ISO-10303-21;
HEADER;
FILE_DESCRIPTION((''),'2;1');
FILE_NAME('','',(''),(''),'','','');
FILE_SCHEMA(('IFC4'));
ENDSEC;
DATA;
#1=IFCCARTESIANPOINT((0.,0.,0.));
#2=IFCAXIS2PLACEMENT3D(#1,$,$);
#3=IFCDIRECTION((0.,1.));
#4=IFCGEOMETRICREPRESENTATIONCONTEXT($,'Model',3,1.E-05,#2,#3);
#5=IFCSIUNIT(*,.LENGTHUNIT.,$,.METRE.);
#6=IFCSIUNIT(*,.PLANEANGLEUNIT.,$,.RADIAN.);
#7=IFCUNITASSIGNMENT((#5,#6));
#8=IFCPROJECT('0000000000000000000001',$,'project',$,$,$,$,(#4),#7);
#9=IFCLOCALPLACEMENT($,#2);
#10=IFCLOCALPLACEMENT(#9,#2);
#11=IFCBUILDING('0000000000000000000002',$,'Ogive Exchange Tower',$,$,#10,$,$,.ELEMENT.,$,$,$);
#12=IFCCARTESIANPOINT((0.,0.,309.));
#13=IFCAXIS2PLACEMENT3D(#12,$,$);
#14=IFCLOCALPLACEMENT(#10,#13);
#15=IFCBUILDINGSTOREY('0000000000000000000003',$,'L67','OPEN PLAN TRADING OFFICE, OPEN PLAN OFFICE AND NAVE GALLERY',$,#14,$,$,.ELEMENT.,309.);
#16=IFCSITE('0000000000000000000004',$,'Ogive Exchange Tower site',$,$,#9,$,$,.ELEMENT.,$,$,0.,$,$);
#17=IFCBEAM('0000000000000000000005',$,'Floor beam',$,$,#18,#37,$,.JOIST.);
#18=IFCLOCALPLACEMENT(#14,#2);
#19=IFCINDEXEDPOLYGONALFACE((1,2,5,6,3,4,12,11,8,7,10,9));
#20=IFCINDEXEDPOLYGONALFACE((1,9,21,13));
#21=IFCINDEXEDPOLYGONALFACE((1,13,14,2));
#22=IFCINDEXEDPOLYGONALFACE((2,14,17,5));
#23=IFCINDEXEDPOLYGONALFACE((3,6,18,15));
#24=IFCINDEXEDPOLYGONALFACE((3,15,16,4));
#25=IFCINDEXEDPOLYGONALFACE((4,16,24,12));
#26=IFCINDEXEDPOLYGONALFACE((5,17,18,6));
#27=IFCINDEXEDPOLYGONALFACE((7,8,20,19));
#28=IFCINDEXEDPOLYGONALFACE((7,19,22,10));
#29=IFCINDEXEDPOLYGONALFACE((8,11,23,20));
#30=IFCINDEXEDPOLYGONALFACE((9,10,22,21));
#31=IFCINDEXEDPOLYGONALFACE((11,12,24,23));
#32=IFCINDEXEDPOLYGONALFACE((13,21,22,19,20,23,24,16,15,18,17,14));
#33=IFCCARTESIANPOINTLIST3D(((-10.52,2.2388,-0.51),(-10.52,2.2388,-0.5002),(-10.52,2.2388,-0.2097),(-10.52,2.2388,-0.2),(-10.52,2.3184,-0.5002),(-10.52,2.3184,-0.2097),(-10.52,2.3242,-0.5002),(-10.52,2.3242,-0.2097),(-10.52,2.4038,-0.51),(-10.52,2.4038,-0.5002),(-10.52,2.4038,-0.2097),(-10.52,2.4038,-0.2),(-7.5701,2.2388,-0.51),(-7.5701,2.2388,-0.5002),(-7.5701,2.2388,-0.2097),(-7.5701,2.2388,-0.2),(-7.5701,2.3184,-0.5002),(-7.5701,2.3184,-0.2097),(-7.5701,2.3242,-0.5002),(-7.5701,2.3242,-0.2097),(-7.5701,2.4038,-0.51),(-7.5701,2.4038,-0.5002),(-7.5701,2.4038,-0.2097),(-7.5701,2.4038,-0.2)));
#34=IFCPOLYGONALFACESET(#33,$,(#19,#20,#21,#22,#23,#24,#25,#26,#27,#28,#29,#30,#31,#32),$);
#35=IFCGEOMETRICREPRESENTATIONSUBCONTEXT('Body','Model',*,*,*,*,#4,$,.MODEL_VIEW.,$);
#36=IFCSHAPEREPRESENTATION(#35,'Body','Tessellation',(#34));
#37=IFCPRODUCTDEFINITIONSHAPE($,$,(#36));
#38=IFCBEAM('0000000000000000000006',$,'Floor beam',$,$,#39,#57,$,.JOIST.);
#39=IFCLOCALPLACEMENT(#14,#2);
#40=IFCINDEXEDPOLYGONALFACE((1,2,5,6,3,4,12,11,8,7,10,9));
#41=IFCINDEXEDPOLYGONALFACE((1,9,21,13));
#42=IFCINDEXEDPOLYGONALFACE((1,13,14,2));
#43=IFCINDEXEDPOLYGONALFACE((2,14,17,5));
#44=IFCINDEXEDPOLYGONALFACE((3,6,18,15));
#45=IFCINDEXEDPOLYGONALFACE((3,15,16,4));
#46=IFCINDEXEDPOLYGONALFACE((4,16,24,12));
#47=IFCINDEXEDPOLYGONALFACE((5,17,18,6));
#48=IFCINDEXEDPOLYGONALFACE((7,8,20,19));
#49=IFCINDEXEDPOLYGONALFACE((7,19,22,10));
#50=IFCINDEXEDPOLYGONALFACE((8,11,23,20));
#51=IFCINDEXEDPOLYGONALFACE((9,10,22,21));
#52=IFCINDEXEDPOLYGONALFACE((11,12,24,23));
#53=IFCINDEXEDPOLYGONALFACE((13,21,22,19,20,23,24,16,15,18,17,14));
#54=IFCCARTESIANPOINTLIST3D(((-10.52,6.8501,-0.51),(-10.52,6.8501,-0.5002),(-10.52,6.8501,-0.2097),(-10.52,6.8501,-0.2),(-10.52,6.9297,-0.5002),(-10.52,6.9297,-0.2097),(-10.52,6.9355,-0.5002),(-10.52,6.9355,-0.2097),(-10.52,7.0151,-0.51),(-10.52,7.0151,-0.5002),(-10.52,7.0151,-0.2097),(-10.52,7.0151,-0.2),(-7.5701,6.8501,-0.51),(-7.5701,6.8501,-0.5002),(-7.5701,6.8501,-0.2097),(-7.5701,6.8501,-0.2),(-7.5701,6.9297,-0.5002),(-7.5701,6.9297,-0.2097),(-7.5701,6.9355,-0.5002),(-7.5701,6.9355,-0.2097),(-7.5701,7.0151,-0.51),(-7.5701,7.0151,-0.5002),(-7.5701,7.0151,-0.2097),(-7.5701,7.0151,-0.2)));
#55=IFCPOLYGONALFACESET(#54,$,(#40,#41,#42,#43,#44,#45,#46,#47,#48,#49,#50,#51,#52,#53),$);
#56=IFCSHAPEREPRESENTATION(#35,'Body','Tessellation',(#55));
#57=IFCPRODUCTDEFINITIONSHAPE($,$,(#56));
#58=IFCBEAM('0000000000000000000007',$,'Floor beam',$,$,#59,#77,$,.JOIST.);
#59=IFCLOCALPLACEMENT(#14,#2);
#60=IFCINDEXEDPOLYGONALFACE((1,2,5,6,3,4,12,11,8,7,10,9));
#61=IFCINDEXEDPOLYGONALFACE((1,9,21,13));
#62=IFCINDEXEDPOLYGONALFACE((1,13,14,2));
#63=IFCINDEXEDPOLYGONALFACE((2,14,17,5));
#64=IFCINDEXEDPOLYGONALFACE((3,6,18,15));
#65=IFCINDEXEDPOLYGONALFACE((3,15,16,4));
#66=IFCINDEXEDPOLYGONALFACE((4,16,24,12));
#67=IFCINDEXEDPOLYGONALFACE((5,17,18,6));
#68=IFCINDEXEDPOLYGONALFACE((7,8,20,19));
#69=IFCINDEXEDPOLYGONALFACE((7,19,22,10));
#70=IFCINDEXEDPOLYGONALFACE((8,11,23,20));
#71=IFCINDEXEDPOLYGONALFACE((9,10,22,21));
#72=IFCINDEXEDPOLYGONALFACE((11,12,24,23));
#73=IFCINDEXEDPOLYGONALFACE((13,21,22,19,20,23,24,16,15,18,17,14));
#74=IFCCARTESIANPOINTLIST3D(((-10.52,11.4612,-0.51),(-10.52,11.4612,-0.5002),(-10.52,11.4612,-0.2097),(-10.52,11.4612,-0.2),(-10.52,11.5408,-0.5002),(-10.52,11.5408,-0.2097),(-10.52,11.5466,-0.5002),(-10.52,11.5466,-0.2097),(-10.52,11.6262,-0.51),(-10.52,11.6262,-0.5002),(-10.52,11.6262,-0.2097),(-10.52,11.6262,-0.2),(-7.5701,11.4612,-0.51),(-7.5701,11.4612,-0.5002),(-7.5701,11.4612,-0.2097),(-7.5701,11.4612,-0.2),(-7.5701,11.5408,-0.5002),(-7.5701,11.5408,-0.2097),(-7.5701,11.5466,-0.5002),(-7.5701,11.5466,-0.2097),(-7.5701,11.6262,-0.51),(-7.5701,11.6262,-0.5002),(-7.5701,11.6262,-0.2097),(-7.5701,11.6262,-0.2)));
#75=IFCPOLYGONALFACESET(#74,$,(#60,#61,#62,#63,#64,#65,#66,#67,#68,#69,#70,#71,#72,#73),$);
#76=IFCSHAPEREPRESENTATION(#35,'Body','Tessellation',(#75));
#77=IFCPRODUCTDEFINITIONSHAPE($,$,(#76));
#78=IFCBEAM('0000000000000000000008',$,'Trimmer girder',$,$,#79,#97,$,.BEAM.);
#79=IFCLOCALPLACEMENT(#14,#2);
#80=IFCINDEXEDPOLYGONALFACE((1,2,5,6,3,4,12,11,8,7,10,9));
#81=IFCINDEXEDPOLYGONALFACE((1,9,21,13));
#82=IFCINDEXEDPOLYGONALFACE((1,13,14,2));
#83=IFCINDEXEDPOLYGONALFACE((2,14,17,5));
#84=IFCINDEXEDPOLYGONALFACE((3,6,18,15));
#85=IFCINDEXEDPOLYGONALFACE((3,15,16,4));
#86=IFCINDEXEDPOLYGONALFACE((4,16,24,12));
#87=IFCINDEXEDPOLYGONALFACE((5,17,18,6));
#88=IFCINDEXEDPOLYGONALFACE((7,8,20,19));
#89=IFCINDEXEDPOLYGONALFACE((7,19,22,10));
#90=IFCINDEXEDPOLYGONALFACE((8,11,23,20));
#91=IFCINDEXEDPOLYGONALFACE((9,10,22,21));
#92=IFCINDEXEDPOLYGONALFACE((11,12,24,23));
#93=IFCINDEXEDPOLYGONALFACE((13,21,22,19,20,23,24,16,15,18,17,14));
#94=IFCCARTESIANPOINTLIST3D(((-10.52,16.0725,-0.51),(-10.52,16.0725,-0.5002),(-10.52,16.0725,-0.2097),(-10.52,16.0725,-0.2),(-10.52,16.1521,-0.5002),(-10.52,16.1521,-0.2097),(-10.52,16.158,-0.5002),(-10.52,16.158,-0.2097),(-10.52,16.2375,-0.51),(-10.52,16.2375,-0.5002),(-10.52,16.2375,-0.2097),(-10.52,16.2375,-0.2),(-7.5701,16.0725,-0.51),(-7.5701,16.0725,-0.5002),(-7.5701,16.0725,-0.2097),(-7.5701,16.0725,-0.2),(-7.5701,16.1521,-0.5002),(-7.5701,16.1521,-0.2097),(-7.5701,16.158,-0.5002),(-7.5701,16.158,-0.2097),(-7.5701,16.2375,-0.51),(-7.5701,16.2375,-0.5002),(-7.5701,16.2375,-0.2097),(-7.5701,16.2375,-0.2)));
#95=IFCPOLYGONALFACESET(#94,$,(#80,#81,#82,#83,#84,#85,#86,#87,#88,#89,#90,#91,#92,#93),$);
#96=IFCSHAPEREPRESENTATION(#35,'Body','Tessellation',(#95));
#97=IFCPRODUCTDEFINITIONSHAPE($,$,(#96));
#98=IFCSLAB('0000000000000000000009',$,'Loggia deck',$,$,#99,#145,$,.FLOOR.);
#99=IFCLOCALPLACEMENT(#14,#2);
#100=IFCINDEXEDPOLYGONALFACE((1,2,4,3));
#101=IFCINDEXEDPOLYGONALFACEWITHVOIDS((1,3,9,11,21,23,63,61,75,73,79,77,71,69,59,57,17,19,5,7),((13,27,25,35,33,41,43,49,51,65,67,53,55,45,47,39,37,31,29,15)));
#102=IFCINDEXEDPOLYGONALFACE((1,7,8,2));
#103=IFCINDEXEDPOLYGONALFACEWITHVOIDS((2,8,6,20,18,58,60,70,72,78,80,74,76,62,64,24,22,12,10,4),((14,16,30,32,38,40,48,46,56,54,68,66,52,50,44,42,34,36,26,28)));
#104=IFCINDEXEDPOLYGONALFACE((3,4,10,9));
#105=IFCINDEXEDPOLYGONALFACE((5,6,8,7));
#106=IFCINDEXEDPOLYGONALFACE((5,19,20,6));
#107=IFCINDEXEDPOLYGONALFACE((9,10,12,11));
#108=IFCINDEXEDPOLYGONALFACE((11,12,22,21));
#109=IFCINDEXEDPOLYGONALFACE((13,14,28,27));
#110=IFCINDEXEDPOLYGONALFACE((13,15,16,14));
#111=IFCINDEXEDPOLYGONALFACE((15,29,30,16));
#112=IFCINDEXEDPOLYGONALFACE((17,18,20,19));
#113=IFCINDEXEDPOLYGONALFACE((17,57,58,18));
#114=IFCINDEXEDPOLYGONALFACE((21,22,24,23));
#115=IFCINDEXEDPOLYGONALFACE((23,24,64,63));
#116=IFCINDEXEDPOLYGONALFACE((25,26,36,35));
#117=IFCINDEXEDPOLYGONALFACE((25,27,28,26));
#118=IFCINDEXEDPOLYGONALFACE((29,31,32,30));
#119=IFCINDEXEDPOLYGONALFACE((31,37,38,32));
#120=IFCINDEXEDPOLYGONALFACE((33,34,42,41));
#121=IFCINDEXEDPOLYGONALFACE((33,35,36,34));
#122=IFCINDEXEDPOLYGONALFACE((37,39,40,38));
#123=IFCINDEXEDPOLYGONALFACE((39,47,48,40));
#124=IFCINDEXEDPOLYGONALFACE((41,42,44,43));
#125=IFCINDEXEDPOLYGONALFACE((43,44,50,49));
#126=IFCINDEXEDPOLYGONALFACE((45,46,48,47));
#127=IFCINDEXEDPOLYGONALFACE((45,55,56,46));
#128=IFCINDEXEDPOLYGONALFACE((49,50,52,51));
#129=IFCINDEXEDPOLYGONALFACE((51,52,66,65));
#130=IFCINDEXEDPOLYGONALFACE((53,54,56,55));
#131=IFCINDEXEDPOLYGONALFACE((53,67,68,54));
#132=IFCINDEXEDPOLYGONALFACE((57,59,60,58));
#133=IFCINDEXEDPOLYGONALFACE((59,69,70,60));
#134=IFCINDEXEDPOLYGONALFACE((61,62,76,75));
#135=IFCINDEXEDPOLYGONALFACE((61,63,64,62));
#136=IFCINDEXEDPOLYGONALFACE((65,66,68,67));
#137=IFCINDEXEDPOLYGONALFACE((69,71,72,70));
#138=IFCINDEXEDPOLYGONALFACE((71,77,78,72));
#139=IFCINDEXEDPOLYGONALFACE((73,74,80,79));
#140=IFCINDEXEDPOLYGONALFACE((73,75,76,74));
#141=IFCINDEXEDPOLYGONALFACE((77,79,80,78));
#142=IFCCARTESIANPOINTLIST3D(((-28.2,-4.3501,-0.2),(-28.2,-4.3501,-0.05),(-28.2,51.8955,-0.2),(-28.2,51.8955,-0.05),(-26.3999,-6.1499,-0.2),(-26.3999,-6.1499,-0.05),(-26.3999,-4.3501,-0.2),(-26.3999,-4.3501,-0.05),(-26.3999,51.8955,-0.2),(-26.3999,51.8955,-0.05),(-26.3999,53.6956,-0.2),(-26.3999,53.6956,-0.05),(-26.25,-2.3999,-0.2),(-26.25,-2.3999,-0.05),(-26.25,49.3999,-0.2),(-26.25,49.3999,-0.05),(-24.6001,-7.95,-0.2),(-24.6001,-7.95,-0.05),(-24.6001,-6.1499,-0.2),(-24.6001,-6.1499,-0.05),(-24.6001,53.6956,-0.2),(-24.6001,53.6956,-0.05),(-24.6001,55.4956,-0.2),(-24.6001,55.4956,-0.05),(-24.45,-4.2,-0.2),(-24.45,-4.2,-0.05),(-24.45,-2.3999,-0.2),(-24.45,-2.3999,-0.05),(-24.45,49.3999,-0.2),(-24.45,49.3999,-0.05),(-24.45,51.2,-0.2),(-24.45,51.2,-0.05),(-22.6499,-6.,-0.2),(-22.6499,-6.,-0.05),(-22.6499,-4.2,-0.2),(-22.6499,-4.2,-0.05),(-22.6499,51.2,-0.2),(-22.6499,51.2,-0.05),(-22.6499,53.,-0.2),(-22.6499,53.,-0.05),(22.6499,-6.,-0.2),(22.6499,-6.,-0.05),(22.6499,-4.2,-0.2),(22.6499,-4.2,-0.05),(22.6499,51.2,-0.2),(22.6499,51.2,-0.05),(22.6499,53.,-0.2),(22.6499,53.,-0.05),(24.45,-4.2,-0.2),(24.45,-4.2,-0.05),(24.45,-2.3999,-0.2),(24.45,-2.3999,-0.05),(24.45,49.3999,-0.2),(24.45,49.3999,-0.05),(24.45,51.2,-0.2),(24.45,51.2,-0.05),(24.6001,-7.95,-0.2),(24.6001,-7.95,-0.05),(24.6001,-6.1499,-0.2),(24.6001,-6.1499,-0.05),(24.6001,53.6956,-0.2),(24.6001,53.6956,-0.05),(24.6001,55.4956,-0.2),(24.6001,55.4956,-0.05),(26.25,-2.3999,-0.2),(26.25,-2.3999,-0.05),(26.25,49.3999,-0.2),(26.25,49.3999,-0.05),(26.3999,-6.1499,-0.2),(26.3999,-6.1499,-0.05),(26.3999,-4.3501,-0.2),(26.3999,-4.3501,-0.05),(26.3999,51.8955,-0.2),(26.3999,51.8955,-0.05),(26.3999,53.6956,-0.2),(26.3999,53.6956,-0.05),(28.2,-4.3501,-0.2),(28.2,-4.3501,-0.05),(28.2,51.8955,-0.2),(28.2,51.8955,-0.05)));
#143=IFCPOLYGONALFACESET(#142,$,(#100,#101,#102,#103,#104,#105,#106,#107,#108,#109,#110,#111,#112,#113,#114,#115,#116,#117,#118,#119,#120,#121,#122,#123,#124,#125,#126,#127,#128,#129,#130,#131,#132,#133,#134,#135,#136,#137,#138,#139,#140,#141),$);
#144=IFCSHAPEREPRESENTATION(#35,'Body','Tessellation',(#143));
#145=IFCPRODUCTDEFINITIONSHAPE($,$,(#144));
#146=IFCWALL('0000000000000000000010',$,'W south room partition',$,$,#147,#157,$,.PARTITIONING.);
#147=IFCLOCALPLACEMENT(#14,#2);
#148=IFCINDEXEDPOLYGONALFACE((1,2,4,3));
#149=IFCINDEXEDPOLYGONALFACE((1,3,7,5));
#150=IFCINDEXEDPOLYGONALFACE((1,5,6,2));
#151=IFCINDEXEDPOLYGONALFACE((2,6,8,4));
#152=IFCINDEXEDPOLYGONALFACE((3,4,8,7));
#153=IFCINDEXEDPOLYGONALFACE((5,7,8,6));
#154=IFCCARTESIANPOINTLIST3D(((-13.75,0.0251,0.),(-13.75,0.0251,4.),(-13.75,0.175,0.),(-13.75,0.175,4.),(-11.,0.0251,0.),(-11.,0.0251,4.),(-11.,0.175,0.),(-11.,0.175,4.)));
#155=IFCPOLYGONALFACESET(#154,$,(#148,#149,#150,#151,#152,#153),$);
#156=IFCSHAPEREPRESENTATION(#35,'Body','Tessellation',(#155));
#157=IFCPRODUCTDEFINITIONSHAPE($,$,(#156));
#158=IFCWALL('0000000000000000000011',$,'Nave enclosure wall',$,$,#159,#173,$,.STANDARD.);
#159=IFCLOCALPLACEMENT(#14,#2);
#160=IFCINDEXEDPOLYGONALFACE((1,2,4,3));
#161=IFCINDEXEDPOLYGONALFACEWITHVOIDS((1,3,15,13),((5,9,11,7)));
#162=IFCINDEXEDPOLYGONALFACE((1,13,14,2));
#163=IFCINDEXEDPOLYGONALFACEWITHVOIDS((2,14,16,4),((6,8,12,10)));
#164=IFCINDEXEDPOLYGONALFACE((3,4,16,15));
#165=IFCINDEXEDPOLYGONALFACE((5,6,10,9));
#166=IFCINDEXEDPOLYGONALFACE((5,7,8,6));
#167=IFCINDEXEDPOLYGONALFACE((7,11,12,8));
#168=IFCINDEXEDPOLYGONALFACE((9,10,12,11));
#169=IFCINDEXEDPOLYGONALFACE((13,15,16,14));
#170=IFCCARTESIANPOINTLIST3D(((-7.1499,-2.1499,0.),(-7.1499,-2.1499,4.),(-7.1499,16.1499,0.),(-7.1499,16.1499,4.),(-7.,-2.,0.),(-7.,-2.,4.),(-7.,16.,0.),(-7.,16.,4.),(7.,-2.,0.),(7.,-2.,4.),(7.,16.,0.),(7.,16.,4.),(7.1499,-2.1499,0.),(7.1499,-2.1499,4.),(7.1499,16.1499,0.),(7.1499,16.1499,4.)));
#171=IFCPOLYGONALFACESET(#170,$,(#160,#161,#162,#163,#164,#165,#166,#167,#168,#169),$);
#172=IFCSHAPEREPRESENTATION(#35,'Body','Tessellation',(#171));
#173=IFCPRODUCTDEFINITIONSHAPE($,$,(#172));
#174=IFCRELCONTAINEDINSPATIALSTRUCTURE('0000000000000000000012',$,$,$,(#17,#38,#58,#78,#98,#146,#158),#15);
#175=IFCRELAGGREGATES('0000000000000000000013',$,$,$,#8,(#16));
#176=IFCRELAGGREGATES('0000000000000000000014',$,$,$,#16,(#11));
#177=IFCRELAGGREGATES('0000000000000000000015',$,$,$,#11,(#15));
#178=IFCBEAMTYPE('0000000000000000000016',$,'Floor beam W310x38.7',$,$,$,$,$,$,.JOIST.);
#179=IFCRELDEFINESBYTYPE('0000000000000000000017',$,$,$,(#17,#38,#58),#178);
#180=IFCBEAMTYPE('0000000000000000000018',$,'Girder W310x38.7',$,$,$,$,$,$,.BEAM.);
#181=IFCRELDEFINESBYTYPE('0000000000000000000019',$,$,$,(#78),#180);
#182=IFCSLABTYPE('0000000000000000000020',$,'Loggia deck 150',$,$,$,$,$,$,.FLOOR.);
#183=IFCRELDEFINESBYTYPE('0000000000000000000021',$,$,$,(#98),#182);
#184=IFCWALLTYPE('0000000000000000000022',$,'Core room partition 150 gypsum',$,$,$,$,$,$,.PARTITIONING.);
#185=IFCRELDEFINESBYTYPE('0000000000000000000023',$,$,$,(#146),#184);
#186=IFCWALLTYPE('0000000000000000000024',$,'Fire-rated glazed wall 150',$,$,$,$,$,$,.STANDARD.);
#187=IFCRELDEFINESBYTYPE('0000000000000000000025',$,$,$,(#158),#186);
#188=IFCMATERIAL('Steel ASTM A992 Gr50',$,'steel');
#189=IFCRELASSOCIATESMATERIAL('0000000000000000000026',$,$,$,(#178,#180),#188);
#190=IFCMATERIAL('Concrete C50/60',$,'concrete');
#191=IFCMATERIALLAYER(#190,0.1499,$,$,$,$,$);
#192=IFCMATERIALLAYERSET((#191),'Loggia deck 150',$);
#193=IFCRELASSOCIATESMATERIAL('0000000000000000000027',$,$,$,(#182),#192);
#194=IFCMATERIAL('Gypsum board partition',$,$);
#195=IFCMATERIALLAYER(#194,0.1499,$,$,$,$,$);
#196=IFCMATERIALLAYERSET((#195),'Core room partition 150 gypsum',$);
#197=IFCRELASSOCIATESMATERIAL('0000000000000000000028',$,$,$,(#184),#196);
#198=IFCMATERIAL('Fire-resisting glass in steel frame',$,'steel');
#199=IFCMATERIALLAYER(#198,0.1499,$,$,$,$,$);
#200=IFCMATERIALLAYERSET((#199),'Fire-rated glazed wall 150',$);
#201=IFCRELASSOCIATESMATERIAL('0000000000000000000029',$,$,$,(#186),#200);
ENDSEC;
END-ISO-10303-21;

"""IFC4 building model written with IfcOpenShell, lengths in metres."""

from ifc_helpers import new_model, si_unit, direction, frame, frame_2d, origin, origin_2d, place, context, subcontext, project, spatial, polyline, rectangle, i_section, outline, extrude, material, layer, layer_set, material_profile, profile_set, type_object, element, save


model = new_model("IFC4")

# Units and contexts
model_context = context("Model", 3, precision=1e-05, world=origin(), true_north=direction((0.0, 1.0)))
body_context = subcontext(model_context, "Body", "Model", "MODEL_VIEW")
ifc_project = project(units=[si_unit("LENGTHUNIT", "METRE"), si_unit("PLANEANGLEUNIT", "RADIAN")], contexts=[model_context])

# Site, building, storey
site_placement = place(None, origin())
site = spatial("IfcSite", under=ifc_project, at=site_placement, Name="Ogive Exchange Tower site", CompositionType="ELEMENT", RefElevation=0.0)
building_placement = place(site_placement, origin())
building = spatial("IfcBuilding", under=site, at=building_placement, Name="Ogive Exchange Tower", CompositionType="ELEMENT")
storey_placement = place(building_placement, frame((0.0, 0.0, 309.0)))
storey = spatial("IfcBuildingStorey", under=building, at=storey_placement, Name="L67", Description="OPEN PLAN TRADING OFFICE, OPEN PLAN OFFICE AND NAVE GALLERY", CompositionType="ELEMENT", Elevation=309.0)

# Beams
ifc_material_1 = material(Name="Steel ASTM A992 Gr50", Category="steel")
ifc_material_profile_1 = material_profile(ifc_material_1, i_section(OverallWidth=0.165, OverallDepth=0.3101, WebThickness=0.0059, FlangeThickness=0.0098, at=origin_2d()), Name="W310x38.7")
ifc_profile_set_1 = profile_set([ifc_material_profile_1], Name="Steel ASTM A992 Gr50")
beam_type_1 = type_object("IfcBeamType", Name="Floor beam W310x38.7", PredefinedType="JOIST", material=ifc_profile_set_1)
for number, where, z_axis, x_axis, name in (
    (1, (-10.52, 2.3213, -0.355), (1.0, 0.0, 0.0), (0.0, 1.0, 0.0), "Floor beam"),
    (2, (-10.52, 6.9326, -0.355), (1.0, 0.0, 0.0), (0.0, 1.0, 0.0), "Floor beam"),
    (3, (-10.52, 11.5437, -0.355), (1.0, 0.0, 0.0), (0.0, 1.0, 0.0), "Floor beam"),
):
    element("IfcBeam", number, at=place(storey_placement, frame(where, z_axis=z_axis, x_axis=x_axis)), inside=storey, type_object=beam_type_1, Name=name, PredefinedType="JOIST", context=body_context, shape_type="SweptSolid", body=[
        extrude(i_section(OverallWidth=0.165, OverallDepth=0.3101, WebThickness=0.0059, FlangeThickness=0.0098, at=origin_2d()), origin(), (0.0, 0.0, 1.0), 2.95),
    ])
ifc_material_profile_2 = material_profile(ifc_material_1, i_section(OverallWidth=0.165, OverallDepth=0.3101, WebThickness=0.0059, FlangeThickness=0.0098, at=origin_2d()), Name="W310x38.7")
ifc_profile_set_2 = profile_set([ifc_material_profile_2], Name="Steel ASTM A992 Gr50")
beam_type_2 = type_object("IfcBeamType", Name="Girder W310x38.7", PredefinedType="BEAM", material=ifc_profile_set_2)
beam_placement = place(storey_placement, frame((-10.52, 16.155, -0.355), z_axis=(1.0, 0.0, 0.0), x_axis=(0.0, 1.0, 0.0)))
element("IfcBeam", 4, at=beam_placement, inside=storey, type_object=beam_type_2, Name="Trimmer girder", PredefinedType="BEAM", context=body_context, shape_type="SweptSolid", body=[
    extrude(i_section(OverallWidth=0.165, OverallDepth=0.3101, WebThickness=0.0059, FlangeThickness=0.0098, at=origin_2d()), origin(), (0.0, 0.0, 1.0), 2.95),
])

# Slab
ifc_material_2 = material(Name="Concrete C50/60", Category="concrete")
ifc_layer_1 = layer(ifc_material_2, 0.1499)
ifc_layer_set_1 = layer_set([ifc_layer_1], Name="Loggia deck 150")
slab_type = type_object("IfcSlabType", Name="Loggia deck 150", PredefinedType="FLOOR", material=ifc_layer_set_1)
slab_placement = place(storey_placement, frame((0.0, 0.0, -0.2)))
element("IfcSlab", 5, at=slab_placement, inside=storey, type_object=slab_type, Name="Loggia deck", PredefinedType="FLOOR", context=body_context, shape_type="SweptSolid", body=[
    extrude(outline(polyline([(-24.6001, -6.1499), (-26.3999, -6.1499), (-26.3999, -4.3501), (-28.2, -4.3501), (-28.2, 51.8955), (-26.3999, 51.8955), (-26.3999, 53.6956), (-24.6001, 53.6956), (-24.6001, 55.4956), (24.6001, 55.4956), (24.6001, 53.6956), (26.3999, 53.6956), (26.3999, 51.8955), (28.2, 51.8955), (28.2, -4.3501), (26.3999, -4.3501), (26.3999, -6.1499), (24.6001, -6.1499), (24.6001, -7.95), (-24.6001, -7.95), (-24.6001, -6.1499)]), holes=[polyline([(22.6499, -4.2), (24.45, -4.2), (24.45, -2.3999), (26.25, -2.3999), (26.25, 49.3999), (24.45, 49.3999), (24.45, 51.2), (22.6499, 51.2), (22.6499, 53.0), (-22.6499, 53.0), (-22.6499, 51.2), (-24.45, 51.2), (-24.45, 49.3999), (-26.25, 49.3999), (-26.25, -2.3999), (-24.45, -2.3999), (-24.45, -4.2), (-22.6499, -4.2), (-22.6499, -6.0), (22.6499, -6.0), (22.6499, -4.2)])]), origin(), (0.0, 0.0, 1.0), 0.1499),
])

# Walls
ifc_material_3 = material(Name="Gypsum board partition")
ifc_layer_2 = layer(ifc_material_3, 0.1499)
ifc_layer_set_2 = layer_set([ifc_layer_2], Name="Core room partition 150 gypsum")
wall_type_1 = type_object("IfcWallType", Name="Core room partition 150 gypsum", PredefinedType="PARTITIONING", material=ifc_layer_set_2)
wall_1_placement = place(storey_placement, frame((-13.75, 0.1001, 0.0), z_axis=(0.0, 0.0, 1.0), x_axis=(1.0, 0.0, 0.0)))
element("IfcWall", 6, at=wall_1_placement, inside=storey, type_object=wall_type_1, Name="W south room partition", PredefinedType="PARTITIONING", context=body_context, shape_type="SweptSolid", body=[
    extrude(rectangle(XDim=2.75, YDim=0.1499, at=frame_2d((1.375, 0.0))), origin(), (0.0, 0.0, 1.0), 4.0),
])
ifc_material_4 = material(Name="Fire-resisting glass in steel frame", Category="steel")
ifc_layer_3 = layer(ifc_material_4, 0.1499)
ifc_layer_set_3 = layer_set([ifc_layer_3], Name="Fire-rated glazed wall 150")
wall_type_2 = type_object("IfcWallType", Name="Fire-rated glazed wall 150", PredefinedType="STANDARD", material=ifc_layer_set_3)
wall_2_placement = place(storey_placement, origin())
element("IfcWall", 7, at=wall_2_placement, inside=storey, type_object=wall_type_2, Name="Nave enclosure wall", PredefinedType="STANDARD", context=body_context, shape_type="SweptSolid", body=[
    extrude(outline(polyline([(-7.1499, -2.1499), (7.1499, -2.1499), (7.1499, 16.1499), (-7.1499, 16.1499), (-7.1499, -2.1499)]), holes=[polyline([(-7.0, -2.0), (-7.0, 16.0), (7.0, 16.0), (7.0, -2.0), (-7.0, -2.0)])]), origin(), (0.0, 0.0, 1.0), 4.0),
])

save(model, "model.ifc")
